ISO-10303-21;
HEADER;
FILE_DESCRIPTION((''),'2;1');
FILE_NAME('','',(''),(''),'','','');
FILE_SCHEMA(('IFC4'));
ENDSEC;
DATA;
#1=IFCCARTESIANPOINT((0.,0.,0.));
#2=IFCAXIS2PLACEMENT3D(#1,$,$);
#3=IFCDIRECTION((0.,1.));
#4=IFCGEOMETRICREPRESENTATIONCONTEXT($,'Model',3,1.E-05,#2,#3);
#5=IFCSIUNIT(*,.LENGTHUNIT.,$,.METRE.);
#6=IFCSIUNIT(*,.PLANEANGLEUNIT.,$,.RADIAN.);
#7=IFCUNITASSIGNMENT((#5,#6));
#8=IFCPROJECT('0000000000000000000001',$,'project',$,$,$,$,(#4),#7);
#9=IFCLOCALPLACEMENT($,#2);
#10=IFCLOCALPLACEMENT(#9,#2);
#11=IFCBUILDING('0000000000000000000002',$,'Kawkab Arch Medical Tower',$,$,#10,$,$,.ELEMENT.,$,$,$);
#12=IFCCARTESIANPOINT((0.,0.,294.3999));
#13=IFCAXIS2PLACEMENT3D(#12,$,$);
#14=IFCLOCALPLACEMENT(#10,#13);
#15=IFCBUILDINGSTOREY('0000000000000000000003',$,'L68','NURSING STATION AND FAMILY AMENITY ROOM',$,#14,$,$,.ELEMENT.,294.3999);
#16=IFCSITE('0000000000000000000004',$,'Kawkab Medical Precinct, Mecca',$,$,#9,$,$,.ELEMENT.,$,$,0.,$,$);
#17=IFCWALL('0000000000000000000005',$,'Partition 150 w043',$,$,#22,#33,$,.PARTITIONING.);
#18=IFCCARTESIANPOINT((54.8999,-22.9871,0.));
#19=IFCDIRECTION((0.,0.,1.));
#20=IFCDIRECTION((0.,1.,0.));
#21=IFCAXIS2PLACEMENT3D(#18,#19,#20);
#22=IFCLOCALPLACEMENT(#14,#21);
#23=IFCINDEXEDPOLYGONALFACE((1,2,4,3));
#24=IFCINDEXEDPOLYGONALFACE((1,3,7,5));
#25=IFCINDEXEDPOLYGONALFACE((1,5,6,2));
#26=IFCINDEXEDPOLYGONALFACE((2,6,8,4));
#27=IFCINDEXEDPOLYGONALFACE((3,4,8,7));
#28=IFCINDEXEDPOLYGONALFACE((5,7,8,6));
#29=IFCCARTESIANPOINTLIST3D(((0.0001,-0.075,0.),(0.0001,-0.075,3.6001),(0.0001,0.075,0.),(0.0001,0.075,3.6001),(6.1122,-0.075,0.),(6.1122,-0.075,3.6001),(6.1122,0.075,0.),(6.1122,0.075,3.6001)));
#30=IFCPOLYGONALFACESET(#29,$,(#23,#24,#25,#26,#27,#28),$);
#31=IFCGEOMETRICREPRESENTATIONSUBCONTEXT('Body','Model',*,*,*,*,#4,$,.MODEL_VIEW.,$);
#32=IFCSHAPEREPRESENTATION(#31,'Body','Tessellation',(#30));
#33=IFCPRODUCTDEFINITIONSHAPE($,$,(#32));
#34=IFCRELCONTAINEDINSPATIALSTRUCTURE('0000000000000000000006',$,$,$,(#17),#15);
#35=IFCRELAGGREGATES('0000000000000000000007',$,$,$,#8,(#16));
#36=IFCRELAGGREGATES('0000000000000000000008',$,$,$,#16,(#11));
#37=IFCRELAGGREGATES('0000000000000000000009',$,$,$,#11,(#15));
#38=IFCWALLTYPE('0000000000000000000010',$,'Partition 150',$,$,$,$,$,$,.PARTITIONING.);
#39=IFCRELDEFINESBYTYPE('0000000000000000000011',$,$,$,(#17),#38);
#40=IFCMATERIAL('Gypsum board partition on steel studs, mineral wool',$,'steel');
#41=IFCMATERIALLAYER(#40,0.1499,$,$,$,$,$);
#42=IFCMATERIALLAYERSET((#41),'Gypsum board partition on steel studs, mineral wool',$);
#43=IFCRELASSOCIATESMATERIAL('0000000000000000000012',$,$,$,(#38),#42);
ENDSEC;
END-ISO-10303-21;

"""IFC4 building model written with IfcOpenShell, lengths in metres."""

from ifc_helpers import new_model, si_unit, direction, frame, frame_2d, origin, place, context, subcontext, project, spatial, rectangle, extrude, material, layer, layer_set, type_object, element, save


model = new_model("IFC4")

# Units and contexts
model_context = context("Model", 3, precision=1e-05, world=origin(), true_north=direction((0.0, 1.0)))
body_context = subcontext(model_context, "Body", "Model", "MODEL_VIEW")
ifc_project = project(units=[si_unit("LENGTHUNIT", "METRE"), si_unit("PLANEANGLEUNIT", "RADIAN")], contexts=[model_context])

# Site, building, storey
site_placement = place(None, origin())
site = spatial("IfcSite", under=ifc_project, at=site_placement, Name="Kawkab Medical Precinct, Mecca", CompositionType="ELEMENT", RefElevation=0.0)
building_placement = place(site_placement, origin())
building = spatial("IfcBuilding", under=site, at=building_placement, Name="Kawkab Arch Medical Tower", CompositionType="ELEMENT")
storey_placement = place(building_placement, frame((0.0, 0.0, 294.3999)))
storey = spatial("IfcBuildingStorey", under=building, at=storey_placement, Name="L68", Description="NURSING STATION AND FAMILY AMENITY ROOM", CompositionType="ELEMENT", Elevation=294.3999)

# Wall
ifc_material_1 = material(Name="Gypsum board partition on steel studs, mineral wool", Category="steel")
ifc_layer_1 = layer(ifc_material_1, 0.1499)
ifc_layer_set_1 = layer_set([ifc_layer_1], Name="Gypsum board partition on steel studs, mineral wool")
wall_type_1 = type_object("IfcWallType", Name="Partition 150", PredefinedType="PARTITIONING", material=ifc_layer_set_1)
wall_1_placement = place(storey_placement, frame((54.8999, -22.9871, 0.0), z_axis=(0.0, 0.0, 1.0), x_axis=(0.0, 1.0, 0.0)))
element("IfcWall", 1, at=wall_1_placement, inside=storey, type_object=wall_type_1, Name="Partition 150 w043", PredefinedType="PARTITIONING", context=body_context, shape_type="SweptSolid", body=[
    extrude(rectangle(XDim=6.1121, YDim=0.1499, at=frame_2d((3.0562, 0.0))), origin(), (0.0, 0.0, 1.0), 3.6001),
])

save(model, "model.ifc")
